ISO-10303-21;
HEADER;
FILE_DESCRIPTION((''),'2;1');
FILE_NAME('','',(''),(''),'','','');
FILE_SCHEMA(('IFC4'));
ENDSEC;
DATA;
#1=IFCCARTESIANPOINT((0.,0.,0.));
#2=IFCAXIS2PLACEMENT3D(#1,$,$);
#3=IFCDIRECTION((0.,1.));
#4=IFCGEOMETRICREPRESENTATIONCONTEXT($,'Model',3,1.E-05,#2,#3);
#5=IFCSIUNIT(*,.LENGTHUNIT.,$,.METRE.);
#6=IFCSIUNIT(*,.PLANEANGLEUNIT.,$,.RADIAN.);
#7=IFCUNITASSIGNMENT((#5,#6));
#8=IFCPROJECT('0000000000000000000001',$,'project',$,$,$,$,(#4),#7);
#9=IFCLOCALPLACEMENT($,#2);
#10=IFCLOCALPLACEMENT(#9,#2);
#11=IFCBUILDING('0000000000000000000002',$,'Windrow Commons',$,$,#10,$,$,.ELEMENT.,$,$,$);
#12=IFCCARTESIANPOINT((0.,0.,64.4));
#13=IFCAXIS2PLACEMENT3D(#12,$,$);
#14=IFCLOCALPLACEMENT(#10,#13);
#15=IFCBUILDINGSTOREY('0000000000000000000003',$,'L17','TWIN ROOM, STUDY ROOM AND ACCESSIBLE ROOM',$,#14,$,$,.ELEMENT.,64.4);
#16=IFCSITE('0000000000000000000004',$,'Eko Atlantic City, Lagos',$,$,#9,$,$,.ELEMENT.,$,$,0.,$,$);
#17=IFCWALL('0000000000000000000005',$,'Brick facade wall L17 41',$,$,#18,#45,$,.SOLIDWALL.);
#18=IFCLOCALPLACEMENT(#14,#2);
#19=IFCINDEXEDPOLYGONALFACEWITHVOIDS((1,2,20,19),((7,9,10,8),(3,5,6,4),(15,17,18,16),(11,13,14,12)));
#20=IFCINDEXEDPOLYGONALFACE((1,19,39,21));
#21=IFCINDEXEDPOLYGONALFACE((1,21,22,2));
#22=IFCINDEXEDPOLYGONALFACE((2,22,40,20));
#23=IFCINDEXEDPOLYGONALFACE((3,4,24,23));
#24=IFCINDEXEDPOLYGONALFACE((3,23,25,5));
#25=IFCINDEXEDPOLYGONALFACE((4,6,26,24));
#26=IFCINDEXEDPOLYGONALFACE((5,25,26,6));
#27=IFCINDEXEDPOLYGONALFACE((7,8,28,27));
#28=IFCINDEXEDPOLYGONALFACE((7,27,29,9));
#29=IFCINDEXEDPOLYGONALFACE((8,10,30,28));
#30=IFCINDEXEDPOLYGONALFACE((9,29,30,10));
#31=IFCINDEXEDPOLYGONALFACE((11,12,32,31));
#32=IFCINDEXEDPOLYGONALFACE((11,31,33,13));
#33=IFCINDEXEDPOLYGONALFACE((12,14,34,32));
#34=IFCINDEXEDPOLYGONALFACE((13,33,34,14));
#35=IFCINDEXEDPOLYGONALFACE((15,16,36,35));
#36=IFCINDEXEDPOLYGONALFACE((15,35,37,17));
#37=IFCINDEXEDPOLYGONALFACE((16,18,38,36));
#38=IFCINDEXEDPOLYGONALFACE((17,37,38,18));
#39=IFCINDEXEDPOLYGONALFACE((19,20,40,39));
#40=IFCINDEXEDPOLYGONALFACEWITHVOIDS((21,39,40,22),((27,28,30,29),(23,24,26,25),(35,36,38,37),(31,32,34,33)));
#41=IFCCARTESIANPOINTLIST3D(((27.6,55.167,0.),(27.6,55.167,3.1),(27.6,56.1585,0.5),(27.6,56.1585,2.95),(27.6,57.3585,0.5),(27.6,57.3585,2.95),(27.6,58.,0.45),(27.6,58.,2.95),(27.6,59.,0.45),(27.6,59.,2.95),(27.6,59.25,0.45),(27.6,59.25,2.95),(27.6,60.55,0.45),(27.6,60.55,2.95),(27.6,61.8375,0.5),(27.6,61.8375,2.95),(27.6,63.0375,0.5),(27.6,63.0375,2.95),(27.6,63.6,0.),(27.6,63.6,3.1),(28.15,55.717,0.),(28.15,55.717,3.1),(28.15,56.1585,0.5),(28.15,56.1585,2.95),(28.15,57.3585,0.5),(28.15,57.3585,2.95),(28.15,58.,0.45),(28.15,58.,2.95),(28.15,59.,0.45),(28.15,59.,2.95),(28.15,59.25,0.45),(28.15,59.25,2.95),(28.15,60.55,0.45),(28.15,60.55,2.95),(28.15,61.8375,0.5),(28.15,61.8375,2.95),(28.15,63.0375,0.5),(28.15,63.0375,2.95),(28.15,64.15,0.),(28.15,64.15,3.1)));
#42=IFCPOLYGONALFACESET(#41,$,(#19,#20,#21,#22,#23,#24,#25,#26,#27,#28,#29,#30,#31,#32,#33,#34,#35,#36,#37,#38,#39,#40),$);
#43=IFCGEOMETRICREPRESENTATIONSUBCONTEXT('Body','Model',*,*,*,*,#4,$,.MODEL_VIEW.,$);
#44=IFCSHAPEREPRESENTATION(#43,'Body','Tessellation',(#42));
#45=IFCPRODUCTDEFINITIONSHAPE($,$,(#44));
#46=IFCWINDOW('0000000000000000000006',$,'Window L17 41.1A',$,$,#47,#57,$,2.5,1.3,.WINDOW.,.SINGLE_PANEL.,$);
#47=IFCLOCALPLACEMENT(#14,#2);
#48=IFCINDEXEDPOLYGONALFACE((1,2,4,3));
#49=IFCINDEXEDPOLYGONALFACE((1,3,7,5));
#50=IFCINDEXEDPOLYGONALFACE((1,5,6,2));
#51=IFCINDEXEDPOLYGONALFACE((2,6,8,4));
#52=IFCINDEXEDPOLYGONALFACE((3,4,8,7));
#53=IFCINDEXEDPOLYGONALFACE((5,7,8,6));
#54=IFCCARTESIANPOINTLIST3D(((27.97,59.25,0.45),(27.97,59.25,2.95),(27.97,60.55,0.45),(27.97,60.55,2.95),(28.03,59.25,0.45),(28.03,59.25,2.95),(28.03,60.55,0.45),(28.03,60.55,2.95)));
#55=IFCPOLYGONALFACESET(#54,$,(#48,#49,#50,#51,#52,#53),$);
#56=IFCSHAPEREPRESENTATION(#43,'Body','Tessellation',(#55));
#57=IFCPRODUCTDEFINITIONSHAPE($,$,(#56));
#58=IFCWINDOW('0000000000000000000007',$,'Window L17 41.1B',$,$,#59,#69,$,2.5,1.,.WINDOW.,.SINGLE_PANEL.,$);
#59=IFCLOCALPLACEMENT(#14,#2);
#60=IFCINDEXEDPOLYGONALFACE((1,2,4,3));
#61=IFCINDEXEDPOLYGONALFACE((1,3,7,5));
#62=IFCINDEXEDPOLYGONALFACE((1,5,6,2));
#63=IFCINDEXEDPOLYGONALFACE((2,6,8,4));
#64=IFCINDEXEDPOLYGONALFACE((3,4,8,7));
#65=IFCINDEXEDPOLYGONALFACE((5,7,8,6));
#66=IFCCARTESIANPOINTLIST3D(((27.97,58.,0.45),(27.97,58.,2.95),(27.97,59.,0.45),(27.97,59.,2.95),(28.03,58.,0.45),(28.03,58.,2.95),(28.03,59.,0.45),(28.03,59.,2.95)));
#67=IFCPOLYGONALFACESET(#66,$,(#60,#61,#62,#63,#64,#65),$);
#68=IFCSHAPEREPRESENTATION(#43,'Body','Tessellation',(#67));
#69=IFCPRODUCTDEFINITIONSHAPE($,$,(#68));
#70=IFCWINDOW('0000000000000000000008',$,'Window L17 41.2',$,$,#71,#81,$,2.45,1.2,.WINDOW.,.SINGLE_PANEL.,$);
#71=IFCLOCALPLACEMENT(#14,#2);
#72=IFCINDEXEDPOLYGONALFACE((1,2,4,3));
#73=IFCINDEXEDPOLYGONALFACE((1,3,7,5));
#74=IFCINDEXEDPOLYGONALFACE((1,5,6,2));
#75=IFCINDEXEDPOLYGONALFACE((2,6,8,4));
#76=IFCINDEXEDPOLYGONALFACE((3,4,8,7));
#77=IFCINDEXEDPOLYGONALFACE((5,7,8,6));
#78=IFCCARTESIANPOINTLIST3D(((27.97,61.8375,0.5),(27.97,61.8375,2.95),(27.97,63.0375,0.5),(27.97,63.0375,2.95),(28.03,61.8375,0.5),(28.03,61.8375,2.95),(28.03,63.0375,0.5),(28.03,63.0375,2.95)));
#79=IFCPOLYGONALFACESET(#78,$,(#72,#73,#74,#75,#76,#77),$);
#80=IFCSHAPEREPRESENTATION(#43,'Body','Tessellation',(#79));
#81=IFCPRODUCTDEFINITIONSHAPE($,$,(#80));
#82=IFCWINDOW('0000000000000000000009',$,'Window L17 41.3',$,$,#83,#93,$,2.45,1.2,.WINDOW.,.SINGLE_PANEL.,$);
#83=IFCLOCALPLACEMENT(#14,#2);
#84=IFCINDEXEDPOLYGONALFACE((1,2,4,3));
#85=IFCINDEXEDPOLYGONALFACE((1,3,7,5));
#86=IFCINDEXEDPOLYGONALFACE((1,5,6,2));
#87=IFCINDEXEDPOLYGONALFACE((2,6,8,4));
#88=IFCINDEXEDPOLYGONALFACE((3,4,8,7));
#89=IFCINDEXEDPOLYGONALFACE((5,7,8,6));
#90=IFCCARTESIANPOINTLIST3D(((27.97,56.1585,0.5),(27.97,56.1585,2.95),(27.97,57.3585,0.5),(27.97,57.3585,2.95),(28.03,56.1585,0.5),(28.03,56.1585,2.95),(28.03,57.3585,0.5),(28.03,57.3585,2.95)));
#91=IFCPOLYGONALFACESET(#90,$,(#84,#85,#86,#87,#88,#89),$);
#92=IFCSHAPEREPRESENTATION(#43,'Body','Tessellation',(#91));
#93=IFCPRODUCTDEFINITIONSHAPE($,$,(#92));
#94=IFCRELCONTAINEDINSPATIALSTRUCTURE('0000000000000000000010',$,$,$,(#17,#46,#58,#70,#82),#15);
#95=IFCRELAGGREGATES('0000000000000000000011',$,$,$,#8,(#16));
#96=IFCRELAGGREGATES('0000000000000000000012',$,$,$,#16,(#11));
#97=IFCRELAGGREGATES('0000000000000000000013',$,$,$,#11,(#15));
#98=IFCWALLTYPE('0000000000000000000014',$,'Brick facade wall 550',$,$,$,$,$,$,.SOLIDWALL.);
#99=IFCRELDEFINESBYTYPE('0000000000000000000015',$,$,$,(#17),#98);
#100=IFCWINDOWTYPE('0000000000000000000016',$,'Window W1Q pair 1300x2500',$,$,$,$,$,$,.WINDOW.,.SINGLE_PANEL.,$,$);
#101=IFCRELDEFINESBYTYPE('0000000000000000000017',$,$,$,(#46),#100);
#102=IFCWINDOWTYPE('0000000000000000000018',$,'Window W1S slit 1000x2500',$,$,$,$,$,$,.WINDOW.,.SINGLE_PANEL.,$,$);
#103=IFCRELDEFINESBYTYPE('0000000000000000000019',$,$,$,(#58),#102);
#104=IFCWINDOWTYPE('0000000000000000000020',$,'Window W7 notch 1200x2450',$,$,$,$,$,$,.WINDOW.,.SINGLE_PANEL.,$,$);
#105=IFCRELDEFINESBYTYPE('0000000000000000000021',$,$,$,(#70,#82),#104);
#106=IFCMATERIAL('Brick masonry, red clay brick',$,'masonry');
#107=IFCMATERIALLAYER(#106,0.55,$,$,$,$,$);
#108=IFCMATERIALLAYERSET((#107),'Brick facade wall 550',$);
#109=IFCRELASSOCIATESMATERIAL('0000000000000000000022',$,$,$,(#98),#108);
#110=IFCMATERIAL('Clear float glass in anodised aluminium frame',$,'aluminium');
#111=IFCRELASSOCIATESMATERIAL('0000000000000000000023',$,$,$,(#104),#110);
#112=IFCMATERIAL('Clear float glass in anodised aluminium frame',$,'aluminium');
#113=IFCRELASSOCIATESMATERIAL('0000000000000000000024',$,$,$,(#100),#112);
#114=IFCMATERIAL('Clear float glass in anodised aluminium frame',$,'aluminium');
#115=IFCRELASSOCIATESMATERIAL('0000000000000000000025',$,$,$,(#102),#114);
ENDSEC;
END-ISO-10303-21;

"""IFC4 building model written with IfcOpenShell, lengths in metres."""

from ifc_helpers import new_model, si_unit, direction, frame, frame_2d, origin, place, context, subcontext, project, spatial, polyline, rectangle, outline, extrude, material, layer, layer_set, type_object, element, fill, save


model = new_model("IFC4")

# Units and contexts
model_context = context("Model", 3, precision=1e-05, world=origin(), true_north=direction((0.0, 1.0)))
body_context = subcontext(model_context, "Body", "Model", "MODEL_VIEW")
ifc_project = project(units=[si_unit("LENGTHUNIT", "METRE"), si_unit("PLANEANGLEUNIT", "RADIAN")], contexts=[model_context])

# Site, building, storey
site_placement = place(None, origin())
site = spatial("IfcSite", under=ifc_project, at=site_placement, Name="Eko Atlantic City, Lagos", CompositionType="ELEMENT", RefElevation=0.0)
building_placement = place(site_placement, origin())
building = spatial("IfcBuilding", under=site, at=building_placement, Name="Windrow Commons", CompositionType="ELEMENT")
storey_placement = place(building_placement, frame((0.0, 0.0, 64.4)))
storey = spatial("IfcBuildingStorey", under=building, at=storey_placement, Name="L17", Description="TWIN ROOM, STUDY ROOM AND ACCESSIBLE ROOM", CompositionType="ELEMENT", Elevation=64.4)

# Wall, openings, windows
ifc_material_1 = material(Name="Brick masonry, red clay brick", Category="masonry")
ifc_layer_1 = layer(ifc_material_1, 0.55)
ifc_layer_set_1 = layer_set([ifc_layer_1], Name="Brick facade wall 550")
wall_type_1 = type_object("IfcWallType", Name="Brick facade wall 550", PredefinedType="SOLIDWALL", material=ifc_layer_set_1)
ifc_material_2 = material(Name="Clear float glass in anodised aluminium frame", Category="aluminium")
window_type_1 = type_object("IfcWindowType", Name="Window W7 notch 1200x2450", PartitioningType="SINGLE_PANEL", PredefinedType="WINDOW", material=ifc_material_2)
wall_1_placement = place(storey_placement, frame((27.875, 63.875, 0.0), z_axis=(0.0, 0.0, 1.0), x_axis=(0.0, -1.0, 0.0)))
wall_1 = element("IfcWall", 1, at=wall_1_placement, inside=storey, type_object=wall_type_1, Name="Brick facade wall L17 41", PredefinedType="SOLIDWALL", context=body_context, shape_type="SweptSolid", body=[
    extrude(outline(polyline([(0.275, -0.275), (8.708, -0.275), (8.158, 0.275), (-0.275, 0.275), (0.275, -0.275)])), origin(), (0.0, 0.0, 1.0), 3.1),
])
opening_1_placement = place(wall_1_placement, frame((0.8375, 0.0, 0.5)))
opening_1 = element("IfcOpeningElement", 2, at=opening_1_placement, cuts=wall_1, PredefinedType="OPENING", context=body_context, shape_type="SweptSolid", body=[
    extrude(rectangle(XDim=1.2, YDim=2.45, at=frame_2d((0.6, 1.225))), frame((0.0, 0.285, 0.0), z_axis=(0.0, -1.0, 0.0), x_axis=(1.0, 0.0, 0.0)), (0.0, 0.0, 1.0), 0.57),
])
opening_2_placement = place(wall_1_placement, frame((6.5165, 0.0, 0.5)))
opening_2 = element("IfcOpeningElement", 3, at=opening_2_placement, cuts=wall_1, PredefinedType="OPENING", context=body_context, shape_type="SweptSolid", body=[
    extrude(rectangle(XDim=1.2, YDim=2.45, at=frame_2d((0.6, 1.225))), frame((0.0, 0.285, 0.0), z_axis=(0.0, -1.0, 0.0), x_axis=(1.0, 0.0, 0.0)), (0.0, 0.0, 1.0), 0.57),
])
opening_3_placement = place(wall_1_placement, frame((3.325, 0.0, 0.45)))
opening_3 = element("IfcOpeningElement", 4, at=opening_3_placement, cuts=wall_1, PredefinedType="OPENING", context=body_context, shape_type="SweptSolid", body=[
    extrude(rectangle(XDim=1.3, YDim=2.5, at=frame_2d((0.65, 1.25))), frame((0.0, 0.285, 0.0), z_axis=(0.0, -1.0, 0.0), x_axis=(1.0, 0.0, 0.0)), (0.0, 0.0, 1.0), 0.57),
])
opening_4_placement = place(wall_1_placement, frame((4.875, 0.0, 0.45)))
opening_4 = element("IfcOpeningElement", 5, at=opening_4_placement, cuts=wall_1, PredefinedType="OPENING", context=body_context, shape_type="SweptSolid", body=[
    extrude(rectangle(XDim=1.0, YDim=2.5, at=frame_2d((0.5, 1.25))), frame((0.0, 0.285, 0.0), z_axis=(0.0, -1.0, 0.0), x_axis=(1.0, 0.0, 0.0)), (0.0, 0.0, 1.0), 0.57),
])
ifc_material_3 = material(Name="Clear float glass in anodised aluminium frame", Category="aluminium")
window_type_2 = type_object("IfcWindowType", Name="Window W1Q pair 1300x2500", PartitioningType="SINGLE_PANEL", PredefinedType="WINDOW", material=ifc_material_3)
window_1_placement = place(opening_3_placement, origin())
window_1 = element("IfcWindow", 6, at=window_1_placement, inside=storey, type_object=window_type_2, Name="Window L17 41.1A", OverallHeight=2.5, OverallWidth=1.3, PartitioningType="SINGLE_PANEL", PredefinedType="WINDOW", context=body_context, shape_type="SweptSolid", body=[
    extrude(rectangle(XDim=1.3, YDim=2.5, at=frame_2d((0.65, 1.25))), frame((0.0, 0.155, 0.0), z_axis=(0.0, -1.0, 0.0), x_axis=(1.0, 0.0, 0.0)), (0.0, 0.0, 1.0), 0.06),
])
fill(opening_3, window_1)
ifc_material_4 = material(Name="Clear float glass in anodised aluminium frame", Category="aluminium")
window_type_3 = type_object("IfcWindowType", Name="Window W1S slit 1000x2500", PartitioningType="SINGLE_PANEL", PredefinedType="WINDOW", material=ifc_material_4)
window_2_placement = place(opening_4_placement, origin())
window_2 = element("IfcWindow", 7, at=window_2_placement, inside=storey, type_object=window_type_3, Name="Window L17 41.1B", OverallHeight=2.5, OverallWidth=1.0, PartitioningType="SINGLE_PANEL", PredefinedType="WINDOW", context=body_context, shape_type="SweptSolid", body=[
    extrude(rectangle(XDim=1.0, YDim=2.5, at=frame_2d((0.5, 1.25))), frame((0.0, 0.155, 0.0), z_axis=(0.0, -1.0, 0.0), x_axis=(1.0, 0.0, 0.0)), (0.0, 0.0, 1.0), 0.06),
])
fill(opening_4, window_2)
window_3_placement = place(opening_1_placement, origin())
window_3 = element("IfcWindow", 8, at=window_3_placement, inside=storey, type_object=window_type_1, Name="Window L17 41.2", OverallHeight=2.45, OverallWidth=1.2, PartitioningType="SINGLE_PANEL", PredefinedType="WINDOW", context=body_context, shape_type="SweptSolid", body=[
    extrude(rectangle(XDim=1.2, YDim=2.45, at=frame_2d((0.6, 1.225))), frame((0.0, 0.155, 0.0), z_axis=(0.0, -1.0, 0.0), x_axis=(1.0, 0.0, 0.0)), (0.0, 0.0, 1.0), 0.06),
])
fill(opening_1, window_3)
window_4_placement = place(opening_2_placement, origin())
window_4 = element("IfcWindow", 9, at=window_4_placement, inside=storey, type_object=window_type_1, Name="Window L17 41.3", OverallHeight=2.45, OverallWidth=1.2, PartitioningType="SINGLE_PANEL", PredefinedType="WINDOW", context=body_context, shape_type="SweptSolid", body=[
    extrude(rectangle(XDim=1.2, YDim=2.45, at=frame_2d((0.6, 1.225))), frame((0.0, 0.155, 0.0), z_axis=(0.0, -1.0, 0.0), x_axis=(1.0, 0.0, 0.0)), (0.0, 0.0, 1.0), 0.06),
])
fill(opening_2, window_4)

save(model, "model.ifc")
